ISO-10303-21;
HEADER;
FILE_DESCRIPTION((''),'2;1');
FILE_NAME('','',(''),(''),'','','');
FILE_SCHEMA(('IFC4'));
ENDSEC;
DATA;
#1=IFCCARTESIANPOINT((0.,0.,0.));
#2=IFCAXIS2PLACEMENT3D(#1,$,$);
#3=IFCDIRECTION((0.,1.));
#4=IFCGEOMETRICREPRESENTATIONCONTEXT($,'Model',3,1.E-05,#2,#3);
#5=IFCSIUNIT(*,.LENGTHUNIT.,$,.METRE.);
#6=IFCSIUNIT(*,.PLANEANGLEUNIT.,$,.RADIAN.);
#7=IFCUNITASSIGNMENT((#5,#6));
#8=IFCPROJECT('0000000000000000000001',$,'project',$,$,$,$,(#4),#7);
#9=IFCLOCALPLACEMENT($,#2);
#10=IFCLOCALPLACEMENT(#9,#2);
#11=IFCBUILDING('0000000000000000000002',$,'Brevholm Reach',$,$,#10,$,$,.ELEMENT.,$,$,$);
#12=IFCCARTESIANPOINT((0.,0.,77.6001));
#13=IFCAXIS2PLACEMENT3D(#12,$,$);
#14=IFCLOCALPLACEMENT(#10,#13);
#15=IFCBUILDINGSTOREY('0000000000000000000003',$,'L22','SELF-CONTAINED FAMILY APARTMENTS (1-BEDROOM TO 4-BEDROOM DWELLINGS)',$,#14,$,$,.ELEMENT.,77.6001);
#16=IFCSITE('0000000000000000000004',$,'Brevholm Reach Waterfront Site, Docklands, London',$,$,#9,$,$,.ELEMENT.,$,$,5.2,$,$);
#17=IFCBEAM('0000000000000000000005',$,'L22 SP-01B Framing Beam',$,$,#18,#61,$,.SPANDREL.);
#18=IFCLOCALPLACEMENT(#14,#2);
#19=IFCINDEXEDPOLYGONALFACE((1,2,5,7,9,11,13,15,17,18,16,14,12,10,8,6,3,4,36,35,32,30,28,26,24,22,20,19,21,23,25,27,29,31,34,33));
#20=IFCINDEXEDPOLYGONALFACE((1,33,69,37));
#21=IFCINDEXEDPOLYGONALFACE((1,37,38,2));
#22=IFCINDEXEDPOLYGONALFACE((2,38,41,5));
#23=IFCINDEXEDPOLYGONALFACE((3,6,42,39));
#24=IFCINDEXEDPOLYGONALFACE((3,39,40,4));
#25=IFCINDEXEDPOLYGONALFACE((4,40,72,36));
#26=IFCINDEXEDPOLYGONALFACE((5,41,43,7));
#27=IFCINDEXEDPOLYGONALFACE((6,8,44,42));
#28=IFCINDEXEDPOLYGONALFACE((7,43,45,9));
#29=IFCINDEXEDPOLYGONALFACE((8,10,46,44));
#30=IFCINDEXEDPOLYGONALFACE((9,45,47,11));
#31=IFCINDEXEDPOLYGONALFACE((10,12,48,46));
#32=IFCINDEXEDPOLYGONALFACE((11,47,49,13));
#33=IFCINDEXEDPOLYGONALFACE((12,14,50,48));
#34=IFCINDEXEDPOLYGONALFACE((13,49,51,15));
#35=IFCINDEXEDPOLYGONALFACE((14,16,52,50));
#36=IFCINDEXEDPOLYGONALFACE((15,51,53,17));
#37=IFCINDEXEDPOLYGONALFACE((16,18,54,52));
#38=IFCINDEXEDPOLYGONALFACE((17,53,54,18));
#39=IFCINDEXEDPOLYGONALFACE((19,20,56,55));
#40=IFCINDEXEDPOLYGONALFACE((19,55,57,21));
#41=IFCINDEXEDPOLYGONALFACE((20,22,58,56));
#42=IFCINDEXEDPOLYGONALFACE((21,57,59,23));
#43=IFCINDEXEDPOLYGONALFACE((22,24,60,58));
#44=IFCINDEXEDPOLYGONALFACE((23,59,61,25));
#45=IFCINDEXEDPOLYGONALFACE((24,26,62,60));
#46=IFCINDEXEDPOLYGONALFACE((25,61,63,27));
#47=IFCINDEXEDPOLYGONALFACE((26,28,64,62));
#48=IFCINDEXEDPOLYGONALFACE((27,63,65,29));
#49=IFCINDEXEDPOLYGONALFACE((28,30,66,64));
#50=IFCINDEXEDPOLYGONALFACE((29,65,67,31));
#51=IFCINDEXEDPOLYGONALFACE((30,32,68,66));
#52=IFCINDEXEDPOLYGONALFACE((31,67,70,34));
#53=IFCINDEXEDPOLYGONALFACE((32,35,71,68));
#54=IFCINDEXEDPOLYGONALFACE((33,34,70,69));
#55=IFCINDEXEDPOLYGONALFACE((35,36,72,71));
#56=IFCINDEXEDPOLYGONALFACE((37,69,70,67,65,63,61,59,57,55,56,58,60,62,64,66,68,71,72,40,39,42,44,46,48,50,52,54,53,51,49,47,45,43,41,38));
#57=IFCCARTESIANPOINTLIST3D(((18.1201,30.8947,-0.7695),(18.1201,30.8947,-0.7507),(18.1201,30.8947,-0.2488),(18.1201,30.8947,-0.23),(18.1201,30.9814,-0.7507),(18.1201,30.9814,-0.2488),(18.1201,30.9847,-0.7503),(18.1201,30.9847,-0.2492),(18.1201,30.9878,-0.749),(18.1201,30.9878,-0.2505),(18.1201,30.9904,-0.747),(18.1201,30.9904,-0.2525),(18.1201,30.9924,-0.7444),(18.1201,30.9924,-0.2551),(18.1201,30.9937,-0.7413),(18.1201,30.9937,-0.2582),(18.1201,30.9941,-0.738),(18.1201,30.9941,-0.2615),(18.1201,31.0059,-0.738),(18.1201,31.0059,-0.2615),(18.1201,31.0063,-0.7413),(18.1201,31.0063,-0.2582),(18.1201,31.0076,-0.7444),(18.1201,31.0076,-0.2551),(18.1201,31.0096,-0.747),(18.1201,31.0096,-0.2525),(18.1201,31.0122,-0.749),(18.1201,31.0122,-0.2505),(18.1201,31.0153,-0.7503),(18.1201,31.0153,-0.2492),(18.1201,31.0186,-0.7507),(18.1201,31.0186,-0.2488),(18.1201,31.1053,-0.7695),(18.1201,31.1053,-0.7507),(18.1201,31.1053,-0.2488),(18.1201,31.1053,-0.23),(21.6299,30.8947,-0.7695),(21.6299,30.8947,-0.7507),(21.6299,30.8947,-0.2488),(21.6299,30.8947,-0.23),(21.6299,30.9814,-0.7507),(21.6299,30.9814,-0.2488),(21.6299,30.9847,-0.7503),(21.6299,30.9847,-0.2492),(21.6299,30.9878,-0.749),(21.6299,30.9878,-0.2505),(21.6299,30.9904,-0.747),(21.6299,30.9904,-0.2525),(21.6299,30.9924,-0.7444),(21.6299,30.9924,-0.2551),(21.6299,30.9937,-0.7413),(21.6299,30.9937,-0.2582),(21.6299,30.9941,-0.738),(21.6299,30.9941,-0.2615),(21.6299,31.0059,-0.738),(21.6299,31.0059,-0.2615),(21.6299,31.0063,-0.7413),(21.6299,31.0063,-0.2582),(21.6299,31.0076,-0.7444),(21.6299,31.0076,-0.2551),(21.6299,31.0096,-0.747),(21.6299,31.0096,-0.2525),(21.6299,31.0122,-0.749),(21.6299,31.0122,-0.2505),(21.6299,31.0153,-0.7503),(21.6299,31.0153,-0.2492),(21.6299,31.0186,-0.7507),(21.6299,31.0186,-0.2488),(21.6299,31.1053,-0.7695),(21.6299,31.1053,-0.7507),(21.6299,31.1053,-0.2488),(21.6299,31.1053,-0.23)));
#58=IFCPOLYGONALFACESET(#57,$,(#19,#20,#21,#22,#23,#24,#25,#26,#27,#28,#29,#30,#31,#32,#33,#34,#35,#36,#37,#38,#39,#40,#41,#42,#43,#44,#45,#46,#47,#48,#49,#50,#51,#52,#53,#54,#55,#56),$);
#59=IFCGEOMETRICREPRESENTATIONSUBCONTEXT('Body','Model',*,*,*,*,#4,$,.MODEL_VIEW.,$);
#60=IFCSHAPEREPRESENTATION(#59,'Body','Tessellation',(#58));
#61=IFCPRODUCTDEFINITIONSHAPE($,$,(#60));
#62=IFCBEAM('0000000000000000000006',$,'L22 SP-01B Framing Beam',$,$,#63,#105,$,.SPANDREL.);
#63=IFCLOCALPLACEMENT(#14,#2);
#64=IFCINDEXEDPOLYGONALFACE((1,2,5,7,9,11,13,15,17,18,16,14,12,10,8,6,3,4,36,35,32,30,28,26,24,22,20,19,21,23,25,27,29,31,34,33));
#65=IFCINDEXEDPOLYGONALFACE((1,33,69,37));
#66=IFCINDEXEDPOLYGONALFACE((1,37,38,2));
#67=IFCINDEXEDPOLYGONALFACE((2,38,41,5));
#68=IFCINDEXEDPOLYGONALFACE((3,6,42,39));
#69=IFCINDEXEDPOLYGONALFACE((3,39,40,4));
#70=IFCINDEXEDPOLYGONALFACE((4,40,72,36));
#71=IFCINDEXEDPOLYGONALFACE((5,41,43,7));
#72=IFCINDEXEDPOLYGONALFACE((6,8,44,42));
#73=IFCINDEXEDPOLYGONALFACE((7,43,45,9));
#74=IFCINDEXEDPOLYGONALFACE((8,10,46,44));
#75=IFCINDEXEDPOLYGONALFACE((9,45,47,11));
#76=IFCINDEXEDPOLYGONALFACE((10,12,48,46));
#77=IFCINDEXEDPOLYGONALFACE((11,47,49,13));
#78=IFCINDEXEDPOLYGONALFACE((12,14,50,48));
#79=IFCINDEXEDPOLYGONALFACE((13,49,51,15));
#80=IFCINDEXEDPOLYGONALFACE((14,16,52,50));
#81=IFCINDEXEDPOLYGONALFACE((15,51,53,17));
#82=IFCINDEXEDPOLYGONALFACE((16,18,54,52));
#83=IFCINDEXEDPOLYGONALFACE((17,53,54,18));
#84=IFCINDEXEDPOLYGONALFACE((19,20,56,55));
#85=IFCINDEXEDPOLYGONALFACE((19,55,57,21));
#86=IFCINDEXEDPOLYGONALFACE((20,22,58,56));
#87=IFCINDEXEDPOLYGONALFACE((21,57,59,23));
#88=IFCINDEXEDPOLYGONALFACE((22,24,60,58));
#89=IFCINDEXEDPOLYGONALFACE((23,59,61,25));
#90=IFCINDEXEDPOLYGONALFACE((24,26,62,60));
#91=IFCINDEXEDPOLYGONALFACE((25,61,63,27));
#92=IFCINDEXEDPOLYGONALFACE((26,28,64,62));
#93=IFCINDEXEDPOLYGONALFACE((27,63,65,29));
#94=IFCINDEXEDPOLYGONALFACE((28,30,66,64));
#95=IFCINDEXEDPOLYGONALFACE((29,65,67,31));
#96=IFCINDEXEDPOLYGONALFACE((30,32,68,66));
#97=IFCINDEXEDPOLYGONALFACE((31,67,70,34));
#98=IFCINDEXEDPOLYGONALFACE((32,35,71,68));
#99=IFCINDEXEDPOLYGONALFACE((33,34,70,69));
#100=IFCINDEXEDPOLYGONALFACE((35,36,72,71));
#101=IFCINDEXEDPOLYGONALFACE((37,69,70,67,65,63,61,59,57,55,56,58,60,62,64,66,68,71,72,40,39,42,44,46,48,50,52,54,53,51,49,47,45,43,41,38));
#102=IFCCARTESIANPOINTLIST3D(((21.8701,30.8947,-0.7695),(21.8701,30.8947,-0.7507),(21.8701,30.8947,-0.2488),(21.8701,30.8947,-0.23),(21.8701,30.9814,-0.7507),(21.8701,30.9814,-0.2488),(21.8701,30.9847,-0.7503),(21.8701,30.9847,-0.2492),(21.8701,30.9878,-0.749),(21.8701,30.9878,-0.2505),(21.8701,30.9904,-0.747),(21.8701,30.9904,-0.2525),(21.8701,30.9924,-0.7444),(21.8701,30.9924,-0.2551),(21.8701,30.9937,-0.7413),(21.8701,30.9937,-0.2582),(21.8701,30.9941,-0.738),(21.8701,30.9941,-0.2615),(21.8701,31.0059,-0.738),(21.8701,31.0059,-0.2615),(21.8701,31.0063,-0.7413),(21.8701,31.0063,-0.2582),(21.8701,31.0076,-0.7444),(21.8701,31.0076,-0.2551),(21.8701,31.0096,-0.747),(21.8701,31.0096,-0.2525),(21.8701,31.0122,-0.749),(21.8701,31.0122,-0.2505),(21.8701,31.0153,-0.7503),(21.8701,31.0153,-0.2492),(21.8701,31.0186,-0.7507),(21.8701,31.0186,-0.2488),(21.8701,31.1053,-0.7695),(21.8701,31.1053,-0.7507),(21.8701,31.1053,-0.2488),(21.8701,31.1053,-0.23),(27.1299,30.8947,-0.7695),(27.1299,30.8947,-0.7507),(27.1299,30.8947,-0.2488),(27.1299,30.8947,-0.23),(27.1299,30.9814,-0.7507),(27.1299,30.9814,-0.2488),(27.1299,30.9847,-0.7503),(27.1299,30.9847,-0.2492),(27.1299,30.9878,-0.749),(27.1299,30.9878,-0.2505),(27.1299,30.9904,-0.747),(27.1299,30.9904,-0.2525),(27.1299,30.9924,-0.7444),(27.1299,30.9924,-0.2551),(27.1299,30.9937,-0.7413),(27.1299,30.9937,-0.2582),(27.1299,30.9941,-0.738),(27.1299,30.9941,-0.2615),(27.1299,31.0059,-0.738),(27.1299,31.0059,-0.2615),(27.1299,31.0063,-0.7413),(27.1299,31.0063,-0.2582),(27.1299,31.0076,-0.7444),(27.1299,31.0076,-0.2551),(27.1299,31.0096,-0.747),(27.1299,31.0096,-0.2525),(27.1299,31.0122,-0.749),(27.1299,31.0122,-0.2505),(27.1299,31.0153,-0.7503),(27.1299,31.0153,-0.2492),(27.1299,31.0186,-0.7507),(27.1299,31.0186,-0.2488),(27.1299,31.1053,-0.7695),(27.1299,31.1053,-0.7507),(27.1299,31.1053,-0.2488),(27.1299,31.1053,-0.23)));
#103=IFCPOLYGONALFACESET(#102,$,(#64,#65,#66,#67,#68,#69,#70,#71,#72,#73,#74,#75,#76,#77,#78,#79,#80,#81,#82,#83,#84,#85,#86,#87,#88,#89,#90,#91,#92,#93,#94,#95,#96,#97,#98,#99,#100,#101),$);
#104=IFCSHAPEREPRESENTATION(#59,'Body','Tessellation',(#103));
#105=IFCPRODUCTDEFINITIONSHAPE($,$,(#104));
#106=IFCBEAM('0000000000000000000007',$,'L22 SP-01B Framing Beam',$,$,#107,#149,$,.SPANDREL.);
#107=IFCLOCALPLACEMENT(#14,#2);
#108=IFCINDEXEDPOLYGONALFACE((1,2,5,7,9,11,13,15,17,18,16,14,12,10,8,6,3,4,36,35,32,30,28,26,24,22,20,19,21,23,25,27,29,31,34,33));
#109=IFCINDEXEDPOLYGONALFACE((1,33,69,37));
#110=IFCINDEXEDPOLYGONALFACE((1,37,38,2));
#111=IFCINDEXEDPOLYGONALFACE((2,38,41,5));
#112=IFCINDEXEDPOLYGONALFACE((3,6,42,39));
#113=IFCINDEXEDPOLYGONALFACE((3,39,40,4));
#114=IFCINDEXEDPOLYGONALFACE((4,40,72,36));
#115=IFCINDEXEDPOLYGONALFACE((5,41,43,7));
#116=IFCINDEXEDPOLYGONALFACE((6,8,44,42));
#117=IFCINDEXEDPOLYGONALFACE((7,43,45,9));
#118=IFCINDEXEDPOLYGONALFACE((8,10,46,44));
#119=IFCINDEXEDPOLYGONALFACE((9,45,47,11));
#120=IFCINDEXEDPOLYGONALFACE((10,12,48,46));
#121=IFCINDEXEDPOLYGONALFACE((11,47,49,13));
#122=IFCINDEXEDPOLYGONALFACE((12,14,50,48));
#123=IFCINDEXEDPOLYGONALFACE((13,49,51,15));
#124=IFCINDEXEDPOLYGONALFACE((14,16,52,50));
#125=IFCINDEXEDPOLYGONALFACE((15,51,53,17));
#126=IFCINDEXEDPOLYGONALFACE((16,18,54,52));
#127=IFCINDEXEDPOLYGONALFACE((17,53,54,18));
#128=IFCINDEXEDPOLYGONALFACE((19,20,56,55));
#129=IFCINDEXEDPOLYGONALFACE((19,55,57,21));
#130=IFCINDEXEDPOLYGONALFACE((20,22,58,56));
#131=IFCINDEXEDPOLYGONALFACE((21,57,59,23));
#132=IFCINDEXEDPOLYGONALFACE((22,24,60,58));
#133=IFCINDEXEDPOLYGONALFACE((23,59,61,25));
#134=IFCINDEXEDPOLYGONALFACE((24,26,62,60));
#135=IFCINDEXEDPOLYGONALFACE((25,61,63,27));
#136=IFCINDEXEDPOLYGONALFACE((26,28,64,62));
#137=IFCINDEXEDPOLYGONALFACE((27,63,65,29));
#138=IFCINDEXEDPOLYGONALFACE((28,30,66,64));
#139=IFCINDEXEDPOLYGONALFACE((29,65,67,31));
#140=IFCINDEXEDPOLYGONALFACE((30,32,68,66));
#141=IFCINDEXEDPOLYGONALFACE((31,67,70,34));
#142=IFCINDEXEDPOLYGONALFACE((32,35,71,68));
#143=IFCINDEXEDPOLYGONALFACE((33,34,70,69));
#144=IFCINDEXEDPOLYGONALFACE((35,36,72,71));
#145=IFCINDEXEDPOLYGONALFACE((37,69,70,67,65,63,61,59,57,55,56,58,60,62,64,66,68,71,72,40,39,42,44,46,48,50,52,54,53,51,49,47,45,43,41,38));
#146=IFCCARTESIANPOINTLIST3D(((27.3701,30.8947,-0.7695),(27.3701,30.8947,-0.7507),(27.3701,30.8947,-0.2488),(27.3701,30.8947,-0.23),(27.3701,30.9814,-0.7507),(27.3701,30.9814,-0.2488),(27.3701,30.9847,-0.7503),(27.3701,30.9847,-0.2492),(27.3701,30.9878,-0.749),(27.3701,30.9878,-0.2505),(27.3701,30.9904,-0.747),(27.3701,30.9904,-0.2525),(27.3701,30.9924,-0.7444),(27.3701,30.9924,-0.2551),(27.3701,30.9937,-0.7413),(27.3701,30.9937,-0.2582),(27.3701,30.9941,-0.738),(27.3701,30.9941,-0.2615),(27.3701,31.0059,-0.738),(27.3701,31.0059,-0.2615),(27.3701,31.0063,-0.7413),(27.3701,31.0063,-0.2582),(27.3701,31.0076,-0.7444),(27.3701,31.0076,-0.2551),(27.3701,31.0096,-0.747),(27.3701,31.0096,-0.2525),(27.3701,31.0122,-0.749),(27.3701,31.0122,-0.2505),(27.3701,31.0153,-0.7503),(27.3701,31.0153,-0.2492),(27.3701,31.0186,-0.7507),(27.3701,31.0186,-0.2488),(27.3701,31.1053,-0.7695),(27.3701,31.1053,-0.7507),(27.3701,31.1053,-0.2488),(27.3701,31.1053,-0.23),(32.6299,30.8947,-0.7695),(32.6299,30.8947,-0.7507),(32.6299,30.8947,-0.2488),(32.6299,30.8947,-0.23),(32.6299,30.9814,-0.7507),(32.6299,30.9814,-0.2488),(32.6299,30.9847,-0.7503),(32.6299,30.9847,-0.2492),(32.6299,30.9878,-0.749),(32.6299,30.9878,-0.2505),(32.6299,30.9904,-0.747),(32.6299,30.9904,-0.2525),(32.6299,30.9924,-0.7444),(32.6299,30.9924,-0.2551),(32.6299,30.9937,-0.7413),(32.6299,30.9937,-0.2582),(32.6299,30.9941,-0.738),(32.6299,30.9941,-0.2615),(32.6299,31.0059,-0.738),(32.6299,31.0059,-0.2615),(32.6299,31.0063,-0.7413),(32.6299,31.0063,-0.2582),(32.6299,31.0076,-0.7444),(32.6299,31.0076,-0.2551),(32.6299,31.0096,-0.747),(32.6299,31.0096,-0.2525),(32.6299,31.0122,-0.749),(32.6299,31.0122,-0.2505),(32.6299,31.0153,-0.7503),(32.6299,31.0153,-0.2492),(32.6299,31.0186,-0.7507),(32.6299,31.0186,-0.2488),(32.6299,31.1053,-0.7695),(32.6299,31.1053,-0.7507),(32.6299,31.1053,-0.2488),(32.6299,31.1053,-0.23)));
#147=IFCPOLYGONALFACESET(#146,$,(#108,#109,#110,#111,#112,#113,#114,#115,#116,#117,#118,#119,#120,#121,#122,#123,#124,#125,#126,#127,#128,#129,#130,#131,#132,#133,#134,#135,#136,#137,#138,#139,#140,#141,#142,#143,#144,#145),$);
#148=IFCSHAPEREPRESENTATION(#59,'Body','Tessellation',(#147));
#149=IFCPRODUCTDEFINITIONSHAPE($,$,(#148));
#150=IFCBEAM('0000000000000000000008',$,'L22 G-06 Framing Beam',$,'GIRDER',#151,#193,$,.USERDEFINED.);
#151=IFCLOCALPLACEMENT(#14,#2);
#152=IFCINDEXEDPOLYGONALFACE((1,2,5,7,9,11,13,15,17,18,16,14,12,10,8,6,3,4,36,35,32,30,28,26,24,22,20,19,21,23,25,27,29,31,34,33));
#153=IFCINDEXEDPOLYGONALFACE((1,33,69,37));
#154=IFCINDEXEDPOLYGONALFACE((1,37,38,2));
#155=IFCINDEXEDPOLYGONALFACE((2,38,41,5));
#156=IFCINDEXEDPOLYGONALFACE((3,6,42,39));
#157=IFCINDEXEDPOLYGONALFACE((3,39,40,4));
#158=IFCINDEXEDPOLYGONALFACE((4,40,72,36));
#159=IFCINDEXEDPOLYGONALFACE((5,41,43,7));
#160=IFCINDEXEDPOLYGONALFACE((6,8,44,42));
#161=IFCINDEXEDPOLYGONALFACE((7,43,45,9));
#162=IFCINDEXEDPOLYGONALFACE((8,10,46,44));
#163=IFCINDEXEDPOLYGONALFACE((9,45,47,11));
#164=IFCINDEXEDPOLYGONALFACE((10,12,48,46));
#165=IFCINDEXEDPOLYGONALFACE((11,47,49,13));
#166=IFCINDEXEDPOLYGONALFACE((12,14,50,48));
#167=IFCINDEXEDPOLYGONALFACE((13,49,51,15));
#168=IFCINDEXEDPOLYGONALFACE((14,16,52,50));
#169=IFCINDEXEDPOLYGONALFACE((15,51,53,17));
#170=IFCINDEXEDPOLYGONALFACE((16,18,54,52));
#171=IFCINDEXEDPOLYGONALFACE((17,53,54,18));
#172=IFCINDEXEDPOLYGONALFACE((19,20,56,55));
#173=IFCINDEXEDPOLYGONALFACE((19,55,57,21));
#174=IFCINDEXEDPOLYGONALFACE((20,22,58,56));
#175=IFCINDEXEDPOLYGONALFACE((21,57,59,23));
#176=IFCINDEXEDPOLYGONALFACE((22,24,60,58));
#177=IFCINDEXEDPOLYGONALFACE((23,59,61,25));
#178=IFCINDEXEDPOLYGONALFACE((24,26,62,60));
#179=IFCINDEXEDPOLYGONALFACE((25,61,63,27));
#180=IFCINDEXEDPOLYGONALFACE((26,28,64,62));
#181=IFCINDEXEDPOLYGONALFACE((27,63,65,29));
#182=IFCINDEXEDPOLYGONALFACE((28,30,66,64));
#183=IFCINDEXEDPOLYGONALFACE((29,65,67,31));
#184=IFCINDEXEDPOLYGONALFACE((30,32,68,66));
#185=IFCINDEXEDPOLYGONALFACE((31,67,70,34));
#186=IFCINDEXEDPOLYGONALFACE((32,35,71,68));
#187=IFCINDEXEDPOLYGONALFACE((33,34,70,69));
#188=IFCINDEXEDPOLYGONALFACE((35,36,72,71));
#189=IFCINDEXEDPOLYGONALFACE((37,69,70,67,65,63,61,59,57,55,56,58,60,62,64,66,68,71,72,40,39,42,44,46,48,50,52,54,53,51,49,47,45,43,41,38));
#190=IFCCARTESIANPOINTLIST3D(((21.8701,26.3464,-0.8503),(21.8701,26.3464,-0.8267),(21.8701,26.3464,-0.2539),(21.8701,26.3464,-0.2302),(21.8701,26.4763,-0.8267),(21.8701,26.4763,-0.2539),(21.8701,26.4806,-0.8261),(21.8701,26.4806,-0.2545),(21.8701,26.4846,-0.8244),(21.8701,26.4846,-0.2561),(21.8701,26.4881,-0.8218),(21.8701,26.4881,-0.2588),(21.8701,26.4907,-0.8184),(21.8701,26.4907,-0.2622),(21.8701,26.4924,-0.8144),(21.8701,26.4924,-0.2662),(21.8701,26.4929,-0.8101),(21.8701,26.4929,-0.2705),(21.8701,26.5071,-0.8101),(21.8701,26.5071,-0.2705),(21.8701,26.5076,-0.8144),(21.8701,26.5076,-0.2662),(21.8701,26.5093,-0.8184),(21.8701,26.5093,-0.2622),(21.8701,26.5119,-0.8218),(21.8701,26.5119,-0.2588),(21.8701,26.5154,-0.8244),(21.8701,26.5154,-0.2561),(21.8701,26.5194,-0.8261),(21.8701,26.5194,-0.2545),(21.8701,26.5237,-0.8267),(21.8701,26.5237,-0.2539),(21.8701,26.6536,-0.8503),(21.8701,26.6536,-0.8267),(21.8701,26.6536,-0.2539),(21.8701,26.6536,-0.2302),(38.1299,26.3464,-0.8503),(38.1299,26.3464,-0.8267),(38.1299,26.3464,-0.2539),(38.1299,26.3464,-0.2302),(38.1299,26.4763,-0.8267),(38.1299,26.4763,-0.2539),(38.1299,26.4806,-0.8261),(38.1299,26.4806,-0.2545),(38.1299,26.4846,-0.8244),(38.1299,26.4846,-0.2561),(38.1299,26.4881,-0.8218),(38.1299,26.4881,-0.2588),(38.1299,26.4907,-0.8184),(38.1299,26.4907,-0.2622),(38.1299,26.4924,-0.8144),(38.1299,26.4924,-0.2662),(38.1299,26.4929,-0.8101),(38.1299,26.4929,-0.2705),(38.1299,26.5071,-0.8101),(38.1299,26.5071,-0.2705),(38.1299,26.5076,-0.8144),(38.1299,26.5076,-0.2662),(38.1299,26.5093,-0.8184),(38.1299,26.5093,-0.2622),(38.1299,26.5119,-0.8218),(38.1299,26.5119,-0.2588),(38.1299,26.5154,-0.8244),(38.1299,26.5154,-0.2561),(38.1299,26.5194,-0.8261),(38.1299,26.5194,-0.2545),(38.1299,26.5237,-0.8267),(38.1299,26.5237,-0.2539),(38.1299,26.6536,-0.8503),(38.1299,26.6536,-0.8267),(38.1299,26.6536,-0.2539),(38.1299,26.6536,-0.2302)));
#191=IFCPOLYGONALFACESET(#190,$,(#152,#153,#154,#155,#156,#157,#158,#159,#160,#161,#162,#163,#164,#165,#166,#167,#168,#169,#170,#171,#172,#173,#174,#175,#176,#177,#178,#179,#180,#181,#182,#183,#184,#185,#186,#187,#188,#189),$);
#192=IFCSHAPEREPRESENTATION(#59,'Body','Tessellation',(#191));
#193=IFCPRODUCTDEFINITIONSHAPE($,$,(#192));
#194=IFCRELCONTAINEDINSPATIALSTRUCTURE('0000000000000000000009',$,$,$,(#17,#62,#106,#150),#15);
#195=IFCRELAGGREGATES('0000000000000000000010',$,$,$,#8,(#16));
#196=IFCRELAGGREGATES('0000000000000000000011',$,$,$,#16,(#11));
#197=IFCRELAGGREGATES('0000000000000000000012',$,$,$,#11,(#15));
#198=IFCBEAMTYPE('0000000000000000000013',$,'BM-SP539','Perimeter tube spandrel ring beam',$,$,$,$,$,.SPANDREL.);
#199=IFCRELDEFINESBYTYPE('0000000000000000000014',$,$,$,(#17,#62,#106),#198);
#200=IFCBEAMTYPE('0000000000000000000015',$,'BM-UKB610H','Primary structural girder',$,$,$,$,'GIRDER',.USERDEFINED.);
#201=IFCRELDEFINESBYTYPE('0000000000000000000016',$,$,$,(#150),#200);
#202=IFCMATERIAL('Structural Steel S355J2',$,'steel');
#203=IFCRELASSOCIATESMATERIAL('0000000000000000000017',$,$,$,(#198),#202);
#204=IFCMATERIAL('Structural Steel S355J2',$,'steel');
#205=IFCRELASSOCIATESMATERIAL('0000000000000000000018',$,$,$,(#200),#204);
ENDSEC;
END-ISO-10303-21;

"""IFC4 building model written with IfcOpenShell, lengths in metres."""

from ifc_helpers import new_model, si_unit, direction, frame, origin, origin_2d, place, context, subcontext, project, spatial, i_section, extrude, material, material_profile, profile_set, type_object, element, save


model = new_model("IFC4")

# Units and contexts
model_context = context("Model", 3, precision=1e-05, world=origin(), true_north=direction((0.0, 1.0)))
body_context = subcontext(model_context, "Body", "Model", "MODEL_VIEW")
ifc_project = project(units=[si_unit("LENGTHUNIT", "METRE"), si_unit("PLANEANGLEUNIT", "RADIAN")], contexts=[model_context])

# Site, building, storey
site_placement = place(None, origin())
site = spatial("IfcSite", under=ifc_project, at=site_placement, Name="Brevholm Reach Waterfront Site, Docklands, London", CompositionType="ELEMENT", RefElevation=5.2)
building_placement = place(site_placement, origin())
building = spatial("IfcBuilding", under=site, at=building_placement, Name="Brevholm Reach", CompositionType="ELEMENT")
storey_placement = place(building_placement, frame((0.0, 0.0, 77.6001)))
storey = spatial("IfcBuildingStorey", under=building, at=storey_placement, Name="L22", Description="SELF-CONTAINED FAMILY APARTMENTS (1-BEDROOM TO 4-BEDROOM DWELLINGS)", CompositionType="ELEMENT", Elevation=77.6001)

# Beams
ifc_material_1 = material(Name="Structural Steel S355J2", Category="steel")
ifc_material_profile_1 = material_profile(ifc_material_1, i_section(OverallWidth=0.2107, OverallDepth=0.5396, WebThickness=0.0117, FlangeThickness=0.0188, FilletRadius=0.0127, at=origin_2d()), Name="UKB 533x210x109")
ifc_profile_set_1 = profile_set([ifc_material_profile_1], Name="Structural Steel S355J2")
beam_type_1 = type_object("IfcBeamType", Name="BM-SP539", Description="Perimeter tube spandrel ring beam", PredefinedType="SPANDREL", material=ifc_profile_set_1)
beam_1_placement = place(storey_placement, frame((18.1201, 31.0, -0.4998), z_axis=(1.0, 0.0, 0.0), x_axis=(0.0, 1.0, 0.0)))
element("IfcBeam", 1, at=beam_1_placement, inside=storey, type_object=beam_type_1, Name="L22 SP-01B Framing Beam", PredefinedType="SPANDREL", context=body_context, shape_type="SweptSolid", body=[
    extrude(i_section(OverallWidth=0.2107, OverallDepth=0.5396, WebThickness=0.0117, FlangeThickness=0.0188, FilletRadius=0.0127, at=origin_2d()), origin(), (0.0, 0.0, 1.0), 3.5098),
])
for number, where, z_axis, x_axis, name in (
    (2, (21.8701, 31.0, -0.4998), (1.0, 0.0, 0.0), (0.0, 1.0, 0.0), "L22 SP-01B Framing Beam"),
    (3, (27.3701, 31.0, -0.4998), (1.0, 0.0, 0.0), (0.0, 1.0, 0.0), "L22 SP-01B Framing Beam"),
):
    element("IfcBeam", number, at=place(storey_placement, frame(where, z_axis=z_axis, x_axis=x_axis)), inside=storey, type_object=beam_type_1, Name=name, PredefinedType="SPANDREL", context=body_context, shape_type="SweptSolid", body=[
        extrude(i_section(OverallWidth=0.2107, OverallDepth=0.5396, WebThickness=0.0117, FlangeThickness=0.0188, FilletRadius=0.0127, at=origin_2d()), origin(), (0.0, 0.0, 1.0), 5.2598),
    ])
ifc_material_2 = material(Name="Structural Steel S355J2", Category="steel")
ifc_material_profile_2 = material_profile(ifc_material_2, i_section(OverallWidth=0.3071, OverallDepth=0.6201, WebThickness=0.0142, FlangeThickness=0.0237, FilletRadius=0.0166, at=origin_2d()), Name="UKB 610x305x179")
ifc_profile_set_2 = profile_set([ifc_material_profile_2], Name="Structural Steel S355J2")
beam_type_2 = type_object("IfcBeamType", Name="BM-UKB610H", Description="Primary structural girder", ElementType="GIRDER", PredefinedType="USERDEFINED", material=ifc_profile_set_2)
beam_2_placement = place(storey_placement, frame((21.8701, 26.5, -0.5403), z_axis=(1.0, 0.0, 0.0), x_axis=(0.0, 1.0, 0.0)))
element("IfcBeam", 4, at=beam_2_placement, inside=storey, type_object=beam_type_2, Name="L22 G-06 Framing Beam", ObjectType="GIRDER", PredefinedType="USERDEFINED", context=body_context, shape_type="SweptSolid", body=[
    extrude(i_section(OverallWidth=0.3071, OverallDepth=0.6201, WebThickness=0.0142, FlangeThickness=0.0237, FilletRadius=0.0166, at=origin_2d()), origin(), (0.0, 0.0, 1.0), 16.2598),
])

save(model, "model.ifc")
